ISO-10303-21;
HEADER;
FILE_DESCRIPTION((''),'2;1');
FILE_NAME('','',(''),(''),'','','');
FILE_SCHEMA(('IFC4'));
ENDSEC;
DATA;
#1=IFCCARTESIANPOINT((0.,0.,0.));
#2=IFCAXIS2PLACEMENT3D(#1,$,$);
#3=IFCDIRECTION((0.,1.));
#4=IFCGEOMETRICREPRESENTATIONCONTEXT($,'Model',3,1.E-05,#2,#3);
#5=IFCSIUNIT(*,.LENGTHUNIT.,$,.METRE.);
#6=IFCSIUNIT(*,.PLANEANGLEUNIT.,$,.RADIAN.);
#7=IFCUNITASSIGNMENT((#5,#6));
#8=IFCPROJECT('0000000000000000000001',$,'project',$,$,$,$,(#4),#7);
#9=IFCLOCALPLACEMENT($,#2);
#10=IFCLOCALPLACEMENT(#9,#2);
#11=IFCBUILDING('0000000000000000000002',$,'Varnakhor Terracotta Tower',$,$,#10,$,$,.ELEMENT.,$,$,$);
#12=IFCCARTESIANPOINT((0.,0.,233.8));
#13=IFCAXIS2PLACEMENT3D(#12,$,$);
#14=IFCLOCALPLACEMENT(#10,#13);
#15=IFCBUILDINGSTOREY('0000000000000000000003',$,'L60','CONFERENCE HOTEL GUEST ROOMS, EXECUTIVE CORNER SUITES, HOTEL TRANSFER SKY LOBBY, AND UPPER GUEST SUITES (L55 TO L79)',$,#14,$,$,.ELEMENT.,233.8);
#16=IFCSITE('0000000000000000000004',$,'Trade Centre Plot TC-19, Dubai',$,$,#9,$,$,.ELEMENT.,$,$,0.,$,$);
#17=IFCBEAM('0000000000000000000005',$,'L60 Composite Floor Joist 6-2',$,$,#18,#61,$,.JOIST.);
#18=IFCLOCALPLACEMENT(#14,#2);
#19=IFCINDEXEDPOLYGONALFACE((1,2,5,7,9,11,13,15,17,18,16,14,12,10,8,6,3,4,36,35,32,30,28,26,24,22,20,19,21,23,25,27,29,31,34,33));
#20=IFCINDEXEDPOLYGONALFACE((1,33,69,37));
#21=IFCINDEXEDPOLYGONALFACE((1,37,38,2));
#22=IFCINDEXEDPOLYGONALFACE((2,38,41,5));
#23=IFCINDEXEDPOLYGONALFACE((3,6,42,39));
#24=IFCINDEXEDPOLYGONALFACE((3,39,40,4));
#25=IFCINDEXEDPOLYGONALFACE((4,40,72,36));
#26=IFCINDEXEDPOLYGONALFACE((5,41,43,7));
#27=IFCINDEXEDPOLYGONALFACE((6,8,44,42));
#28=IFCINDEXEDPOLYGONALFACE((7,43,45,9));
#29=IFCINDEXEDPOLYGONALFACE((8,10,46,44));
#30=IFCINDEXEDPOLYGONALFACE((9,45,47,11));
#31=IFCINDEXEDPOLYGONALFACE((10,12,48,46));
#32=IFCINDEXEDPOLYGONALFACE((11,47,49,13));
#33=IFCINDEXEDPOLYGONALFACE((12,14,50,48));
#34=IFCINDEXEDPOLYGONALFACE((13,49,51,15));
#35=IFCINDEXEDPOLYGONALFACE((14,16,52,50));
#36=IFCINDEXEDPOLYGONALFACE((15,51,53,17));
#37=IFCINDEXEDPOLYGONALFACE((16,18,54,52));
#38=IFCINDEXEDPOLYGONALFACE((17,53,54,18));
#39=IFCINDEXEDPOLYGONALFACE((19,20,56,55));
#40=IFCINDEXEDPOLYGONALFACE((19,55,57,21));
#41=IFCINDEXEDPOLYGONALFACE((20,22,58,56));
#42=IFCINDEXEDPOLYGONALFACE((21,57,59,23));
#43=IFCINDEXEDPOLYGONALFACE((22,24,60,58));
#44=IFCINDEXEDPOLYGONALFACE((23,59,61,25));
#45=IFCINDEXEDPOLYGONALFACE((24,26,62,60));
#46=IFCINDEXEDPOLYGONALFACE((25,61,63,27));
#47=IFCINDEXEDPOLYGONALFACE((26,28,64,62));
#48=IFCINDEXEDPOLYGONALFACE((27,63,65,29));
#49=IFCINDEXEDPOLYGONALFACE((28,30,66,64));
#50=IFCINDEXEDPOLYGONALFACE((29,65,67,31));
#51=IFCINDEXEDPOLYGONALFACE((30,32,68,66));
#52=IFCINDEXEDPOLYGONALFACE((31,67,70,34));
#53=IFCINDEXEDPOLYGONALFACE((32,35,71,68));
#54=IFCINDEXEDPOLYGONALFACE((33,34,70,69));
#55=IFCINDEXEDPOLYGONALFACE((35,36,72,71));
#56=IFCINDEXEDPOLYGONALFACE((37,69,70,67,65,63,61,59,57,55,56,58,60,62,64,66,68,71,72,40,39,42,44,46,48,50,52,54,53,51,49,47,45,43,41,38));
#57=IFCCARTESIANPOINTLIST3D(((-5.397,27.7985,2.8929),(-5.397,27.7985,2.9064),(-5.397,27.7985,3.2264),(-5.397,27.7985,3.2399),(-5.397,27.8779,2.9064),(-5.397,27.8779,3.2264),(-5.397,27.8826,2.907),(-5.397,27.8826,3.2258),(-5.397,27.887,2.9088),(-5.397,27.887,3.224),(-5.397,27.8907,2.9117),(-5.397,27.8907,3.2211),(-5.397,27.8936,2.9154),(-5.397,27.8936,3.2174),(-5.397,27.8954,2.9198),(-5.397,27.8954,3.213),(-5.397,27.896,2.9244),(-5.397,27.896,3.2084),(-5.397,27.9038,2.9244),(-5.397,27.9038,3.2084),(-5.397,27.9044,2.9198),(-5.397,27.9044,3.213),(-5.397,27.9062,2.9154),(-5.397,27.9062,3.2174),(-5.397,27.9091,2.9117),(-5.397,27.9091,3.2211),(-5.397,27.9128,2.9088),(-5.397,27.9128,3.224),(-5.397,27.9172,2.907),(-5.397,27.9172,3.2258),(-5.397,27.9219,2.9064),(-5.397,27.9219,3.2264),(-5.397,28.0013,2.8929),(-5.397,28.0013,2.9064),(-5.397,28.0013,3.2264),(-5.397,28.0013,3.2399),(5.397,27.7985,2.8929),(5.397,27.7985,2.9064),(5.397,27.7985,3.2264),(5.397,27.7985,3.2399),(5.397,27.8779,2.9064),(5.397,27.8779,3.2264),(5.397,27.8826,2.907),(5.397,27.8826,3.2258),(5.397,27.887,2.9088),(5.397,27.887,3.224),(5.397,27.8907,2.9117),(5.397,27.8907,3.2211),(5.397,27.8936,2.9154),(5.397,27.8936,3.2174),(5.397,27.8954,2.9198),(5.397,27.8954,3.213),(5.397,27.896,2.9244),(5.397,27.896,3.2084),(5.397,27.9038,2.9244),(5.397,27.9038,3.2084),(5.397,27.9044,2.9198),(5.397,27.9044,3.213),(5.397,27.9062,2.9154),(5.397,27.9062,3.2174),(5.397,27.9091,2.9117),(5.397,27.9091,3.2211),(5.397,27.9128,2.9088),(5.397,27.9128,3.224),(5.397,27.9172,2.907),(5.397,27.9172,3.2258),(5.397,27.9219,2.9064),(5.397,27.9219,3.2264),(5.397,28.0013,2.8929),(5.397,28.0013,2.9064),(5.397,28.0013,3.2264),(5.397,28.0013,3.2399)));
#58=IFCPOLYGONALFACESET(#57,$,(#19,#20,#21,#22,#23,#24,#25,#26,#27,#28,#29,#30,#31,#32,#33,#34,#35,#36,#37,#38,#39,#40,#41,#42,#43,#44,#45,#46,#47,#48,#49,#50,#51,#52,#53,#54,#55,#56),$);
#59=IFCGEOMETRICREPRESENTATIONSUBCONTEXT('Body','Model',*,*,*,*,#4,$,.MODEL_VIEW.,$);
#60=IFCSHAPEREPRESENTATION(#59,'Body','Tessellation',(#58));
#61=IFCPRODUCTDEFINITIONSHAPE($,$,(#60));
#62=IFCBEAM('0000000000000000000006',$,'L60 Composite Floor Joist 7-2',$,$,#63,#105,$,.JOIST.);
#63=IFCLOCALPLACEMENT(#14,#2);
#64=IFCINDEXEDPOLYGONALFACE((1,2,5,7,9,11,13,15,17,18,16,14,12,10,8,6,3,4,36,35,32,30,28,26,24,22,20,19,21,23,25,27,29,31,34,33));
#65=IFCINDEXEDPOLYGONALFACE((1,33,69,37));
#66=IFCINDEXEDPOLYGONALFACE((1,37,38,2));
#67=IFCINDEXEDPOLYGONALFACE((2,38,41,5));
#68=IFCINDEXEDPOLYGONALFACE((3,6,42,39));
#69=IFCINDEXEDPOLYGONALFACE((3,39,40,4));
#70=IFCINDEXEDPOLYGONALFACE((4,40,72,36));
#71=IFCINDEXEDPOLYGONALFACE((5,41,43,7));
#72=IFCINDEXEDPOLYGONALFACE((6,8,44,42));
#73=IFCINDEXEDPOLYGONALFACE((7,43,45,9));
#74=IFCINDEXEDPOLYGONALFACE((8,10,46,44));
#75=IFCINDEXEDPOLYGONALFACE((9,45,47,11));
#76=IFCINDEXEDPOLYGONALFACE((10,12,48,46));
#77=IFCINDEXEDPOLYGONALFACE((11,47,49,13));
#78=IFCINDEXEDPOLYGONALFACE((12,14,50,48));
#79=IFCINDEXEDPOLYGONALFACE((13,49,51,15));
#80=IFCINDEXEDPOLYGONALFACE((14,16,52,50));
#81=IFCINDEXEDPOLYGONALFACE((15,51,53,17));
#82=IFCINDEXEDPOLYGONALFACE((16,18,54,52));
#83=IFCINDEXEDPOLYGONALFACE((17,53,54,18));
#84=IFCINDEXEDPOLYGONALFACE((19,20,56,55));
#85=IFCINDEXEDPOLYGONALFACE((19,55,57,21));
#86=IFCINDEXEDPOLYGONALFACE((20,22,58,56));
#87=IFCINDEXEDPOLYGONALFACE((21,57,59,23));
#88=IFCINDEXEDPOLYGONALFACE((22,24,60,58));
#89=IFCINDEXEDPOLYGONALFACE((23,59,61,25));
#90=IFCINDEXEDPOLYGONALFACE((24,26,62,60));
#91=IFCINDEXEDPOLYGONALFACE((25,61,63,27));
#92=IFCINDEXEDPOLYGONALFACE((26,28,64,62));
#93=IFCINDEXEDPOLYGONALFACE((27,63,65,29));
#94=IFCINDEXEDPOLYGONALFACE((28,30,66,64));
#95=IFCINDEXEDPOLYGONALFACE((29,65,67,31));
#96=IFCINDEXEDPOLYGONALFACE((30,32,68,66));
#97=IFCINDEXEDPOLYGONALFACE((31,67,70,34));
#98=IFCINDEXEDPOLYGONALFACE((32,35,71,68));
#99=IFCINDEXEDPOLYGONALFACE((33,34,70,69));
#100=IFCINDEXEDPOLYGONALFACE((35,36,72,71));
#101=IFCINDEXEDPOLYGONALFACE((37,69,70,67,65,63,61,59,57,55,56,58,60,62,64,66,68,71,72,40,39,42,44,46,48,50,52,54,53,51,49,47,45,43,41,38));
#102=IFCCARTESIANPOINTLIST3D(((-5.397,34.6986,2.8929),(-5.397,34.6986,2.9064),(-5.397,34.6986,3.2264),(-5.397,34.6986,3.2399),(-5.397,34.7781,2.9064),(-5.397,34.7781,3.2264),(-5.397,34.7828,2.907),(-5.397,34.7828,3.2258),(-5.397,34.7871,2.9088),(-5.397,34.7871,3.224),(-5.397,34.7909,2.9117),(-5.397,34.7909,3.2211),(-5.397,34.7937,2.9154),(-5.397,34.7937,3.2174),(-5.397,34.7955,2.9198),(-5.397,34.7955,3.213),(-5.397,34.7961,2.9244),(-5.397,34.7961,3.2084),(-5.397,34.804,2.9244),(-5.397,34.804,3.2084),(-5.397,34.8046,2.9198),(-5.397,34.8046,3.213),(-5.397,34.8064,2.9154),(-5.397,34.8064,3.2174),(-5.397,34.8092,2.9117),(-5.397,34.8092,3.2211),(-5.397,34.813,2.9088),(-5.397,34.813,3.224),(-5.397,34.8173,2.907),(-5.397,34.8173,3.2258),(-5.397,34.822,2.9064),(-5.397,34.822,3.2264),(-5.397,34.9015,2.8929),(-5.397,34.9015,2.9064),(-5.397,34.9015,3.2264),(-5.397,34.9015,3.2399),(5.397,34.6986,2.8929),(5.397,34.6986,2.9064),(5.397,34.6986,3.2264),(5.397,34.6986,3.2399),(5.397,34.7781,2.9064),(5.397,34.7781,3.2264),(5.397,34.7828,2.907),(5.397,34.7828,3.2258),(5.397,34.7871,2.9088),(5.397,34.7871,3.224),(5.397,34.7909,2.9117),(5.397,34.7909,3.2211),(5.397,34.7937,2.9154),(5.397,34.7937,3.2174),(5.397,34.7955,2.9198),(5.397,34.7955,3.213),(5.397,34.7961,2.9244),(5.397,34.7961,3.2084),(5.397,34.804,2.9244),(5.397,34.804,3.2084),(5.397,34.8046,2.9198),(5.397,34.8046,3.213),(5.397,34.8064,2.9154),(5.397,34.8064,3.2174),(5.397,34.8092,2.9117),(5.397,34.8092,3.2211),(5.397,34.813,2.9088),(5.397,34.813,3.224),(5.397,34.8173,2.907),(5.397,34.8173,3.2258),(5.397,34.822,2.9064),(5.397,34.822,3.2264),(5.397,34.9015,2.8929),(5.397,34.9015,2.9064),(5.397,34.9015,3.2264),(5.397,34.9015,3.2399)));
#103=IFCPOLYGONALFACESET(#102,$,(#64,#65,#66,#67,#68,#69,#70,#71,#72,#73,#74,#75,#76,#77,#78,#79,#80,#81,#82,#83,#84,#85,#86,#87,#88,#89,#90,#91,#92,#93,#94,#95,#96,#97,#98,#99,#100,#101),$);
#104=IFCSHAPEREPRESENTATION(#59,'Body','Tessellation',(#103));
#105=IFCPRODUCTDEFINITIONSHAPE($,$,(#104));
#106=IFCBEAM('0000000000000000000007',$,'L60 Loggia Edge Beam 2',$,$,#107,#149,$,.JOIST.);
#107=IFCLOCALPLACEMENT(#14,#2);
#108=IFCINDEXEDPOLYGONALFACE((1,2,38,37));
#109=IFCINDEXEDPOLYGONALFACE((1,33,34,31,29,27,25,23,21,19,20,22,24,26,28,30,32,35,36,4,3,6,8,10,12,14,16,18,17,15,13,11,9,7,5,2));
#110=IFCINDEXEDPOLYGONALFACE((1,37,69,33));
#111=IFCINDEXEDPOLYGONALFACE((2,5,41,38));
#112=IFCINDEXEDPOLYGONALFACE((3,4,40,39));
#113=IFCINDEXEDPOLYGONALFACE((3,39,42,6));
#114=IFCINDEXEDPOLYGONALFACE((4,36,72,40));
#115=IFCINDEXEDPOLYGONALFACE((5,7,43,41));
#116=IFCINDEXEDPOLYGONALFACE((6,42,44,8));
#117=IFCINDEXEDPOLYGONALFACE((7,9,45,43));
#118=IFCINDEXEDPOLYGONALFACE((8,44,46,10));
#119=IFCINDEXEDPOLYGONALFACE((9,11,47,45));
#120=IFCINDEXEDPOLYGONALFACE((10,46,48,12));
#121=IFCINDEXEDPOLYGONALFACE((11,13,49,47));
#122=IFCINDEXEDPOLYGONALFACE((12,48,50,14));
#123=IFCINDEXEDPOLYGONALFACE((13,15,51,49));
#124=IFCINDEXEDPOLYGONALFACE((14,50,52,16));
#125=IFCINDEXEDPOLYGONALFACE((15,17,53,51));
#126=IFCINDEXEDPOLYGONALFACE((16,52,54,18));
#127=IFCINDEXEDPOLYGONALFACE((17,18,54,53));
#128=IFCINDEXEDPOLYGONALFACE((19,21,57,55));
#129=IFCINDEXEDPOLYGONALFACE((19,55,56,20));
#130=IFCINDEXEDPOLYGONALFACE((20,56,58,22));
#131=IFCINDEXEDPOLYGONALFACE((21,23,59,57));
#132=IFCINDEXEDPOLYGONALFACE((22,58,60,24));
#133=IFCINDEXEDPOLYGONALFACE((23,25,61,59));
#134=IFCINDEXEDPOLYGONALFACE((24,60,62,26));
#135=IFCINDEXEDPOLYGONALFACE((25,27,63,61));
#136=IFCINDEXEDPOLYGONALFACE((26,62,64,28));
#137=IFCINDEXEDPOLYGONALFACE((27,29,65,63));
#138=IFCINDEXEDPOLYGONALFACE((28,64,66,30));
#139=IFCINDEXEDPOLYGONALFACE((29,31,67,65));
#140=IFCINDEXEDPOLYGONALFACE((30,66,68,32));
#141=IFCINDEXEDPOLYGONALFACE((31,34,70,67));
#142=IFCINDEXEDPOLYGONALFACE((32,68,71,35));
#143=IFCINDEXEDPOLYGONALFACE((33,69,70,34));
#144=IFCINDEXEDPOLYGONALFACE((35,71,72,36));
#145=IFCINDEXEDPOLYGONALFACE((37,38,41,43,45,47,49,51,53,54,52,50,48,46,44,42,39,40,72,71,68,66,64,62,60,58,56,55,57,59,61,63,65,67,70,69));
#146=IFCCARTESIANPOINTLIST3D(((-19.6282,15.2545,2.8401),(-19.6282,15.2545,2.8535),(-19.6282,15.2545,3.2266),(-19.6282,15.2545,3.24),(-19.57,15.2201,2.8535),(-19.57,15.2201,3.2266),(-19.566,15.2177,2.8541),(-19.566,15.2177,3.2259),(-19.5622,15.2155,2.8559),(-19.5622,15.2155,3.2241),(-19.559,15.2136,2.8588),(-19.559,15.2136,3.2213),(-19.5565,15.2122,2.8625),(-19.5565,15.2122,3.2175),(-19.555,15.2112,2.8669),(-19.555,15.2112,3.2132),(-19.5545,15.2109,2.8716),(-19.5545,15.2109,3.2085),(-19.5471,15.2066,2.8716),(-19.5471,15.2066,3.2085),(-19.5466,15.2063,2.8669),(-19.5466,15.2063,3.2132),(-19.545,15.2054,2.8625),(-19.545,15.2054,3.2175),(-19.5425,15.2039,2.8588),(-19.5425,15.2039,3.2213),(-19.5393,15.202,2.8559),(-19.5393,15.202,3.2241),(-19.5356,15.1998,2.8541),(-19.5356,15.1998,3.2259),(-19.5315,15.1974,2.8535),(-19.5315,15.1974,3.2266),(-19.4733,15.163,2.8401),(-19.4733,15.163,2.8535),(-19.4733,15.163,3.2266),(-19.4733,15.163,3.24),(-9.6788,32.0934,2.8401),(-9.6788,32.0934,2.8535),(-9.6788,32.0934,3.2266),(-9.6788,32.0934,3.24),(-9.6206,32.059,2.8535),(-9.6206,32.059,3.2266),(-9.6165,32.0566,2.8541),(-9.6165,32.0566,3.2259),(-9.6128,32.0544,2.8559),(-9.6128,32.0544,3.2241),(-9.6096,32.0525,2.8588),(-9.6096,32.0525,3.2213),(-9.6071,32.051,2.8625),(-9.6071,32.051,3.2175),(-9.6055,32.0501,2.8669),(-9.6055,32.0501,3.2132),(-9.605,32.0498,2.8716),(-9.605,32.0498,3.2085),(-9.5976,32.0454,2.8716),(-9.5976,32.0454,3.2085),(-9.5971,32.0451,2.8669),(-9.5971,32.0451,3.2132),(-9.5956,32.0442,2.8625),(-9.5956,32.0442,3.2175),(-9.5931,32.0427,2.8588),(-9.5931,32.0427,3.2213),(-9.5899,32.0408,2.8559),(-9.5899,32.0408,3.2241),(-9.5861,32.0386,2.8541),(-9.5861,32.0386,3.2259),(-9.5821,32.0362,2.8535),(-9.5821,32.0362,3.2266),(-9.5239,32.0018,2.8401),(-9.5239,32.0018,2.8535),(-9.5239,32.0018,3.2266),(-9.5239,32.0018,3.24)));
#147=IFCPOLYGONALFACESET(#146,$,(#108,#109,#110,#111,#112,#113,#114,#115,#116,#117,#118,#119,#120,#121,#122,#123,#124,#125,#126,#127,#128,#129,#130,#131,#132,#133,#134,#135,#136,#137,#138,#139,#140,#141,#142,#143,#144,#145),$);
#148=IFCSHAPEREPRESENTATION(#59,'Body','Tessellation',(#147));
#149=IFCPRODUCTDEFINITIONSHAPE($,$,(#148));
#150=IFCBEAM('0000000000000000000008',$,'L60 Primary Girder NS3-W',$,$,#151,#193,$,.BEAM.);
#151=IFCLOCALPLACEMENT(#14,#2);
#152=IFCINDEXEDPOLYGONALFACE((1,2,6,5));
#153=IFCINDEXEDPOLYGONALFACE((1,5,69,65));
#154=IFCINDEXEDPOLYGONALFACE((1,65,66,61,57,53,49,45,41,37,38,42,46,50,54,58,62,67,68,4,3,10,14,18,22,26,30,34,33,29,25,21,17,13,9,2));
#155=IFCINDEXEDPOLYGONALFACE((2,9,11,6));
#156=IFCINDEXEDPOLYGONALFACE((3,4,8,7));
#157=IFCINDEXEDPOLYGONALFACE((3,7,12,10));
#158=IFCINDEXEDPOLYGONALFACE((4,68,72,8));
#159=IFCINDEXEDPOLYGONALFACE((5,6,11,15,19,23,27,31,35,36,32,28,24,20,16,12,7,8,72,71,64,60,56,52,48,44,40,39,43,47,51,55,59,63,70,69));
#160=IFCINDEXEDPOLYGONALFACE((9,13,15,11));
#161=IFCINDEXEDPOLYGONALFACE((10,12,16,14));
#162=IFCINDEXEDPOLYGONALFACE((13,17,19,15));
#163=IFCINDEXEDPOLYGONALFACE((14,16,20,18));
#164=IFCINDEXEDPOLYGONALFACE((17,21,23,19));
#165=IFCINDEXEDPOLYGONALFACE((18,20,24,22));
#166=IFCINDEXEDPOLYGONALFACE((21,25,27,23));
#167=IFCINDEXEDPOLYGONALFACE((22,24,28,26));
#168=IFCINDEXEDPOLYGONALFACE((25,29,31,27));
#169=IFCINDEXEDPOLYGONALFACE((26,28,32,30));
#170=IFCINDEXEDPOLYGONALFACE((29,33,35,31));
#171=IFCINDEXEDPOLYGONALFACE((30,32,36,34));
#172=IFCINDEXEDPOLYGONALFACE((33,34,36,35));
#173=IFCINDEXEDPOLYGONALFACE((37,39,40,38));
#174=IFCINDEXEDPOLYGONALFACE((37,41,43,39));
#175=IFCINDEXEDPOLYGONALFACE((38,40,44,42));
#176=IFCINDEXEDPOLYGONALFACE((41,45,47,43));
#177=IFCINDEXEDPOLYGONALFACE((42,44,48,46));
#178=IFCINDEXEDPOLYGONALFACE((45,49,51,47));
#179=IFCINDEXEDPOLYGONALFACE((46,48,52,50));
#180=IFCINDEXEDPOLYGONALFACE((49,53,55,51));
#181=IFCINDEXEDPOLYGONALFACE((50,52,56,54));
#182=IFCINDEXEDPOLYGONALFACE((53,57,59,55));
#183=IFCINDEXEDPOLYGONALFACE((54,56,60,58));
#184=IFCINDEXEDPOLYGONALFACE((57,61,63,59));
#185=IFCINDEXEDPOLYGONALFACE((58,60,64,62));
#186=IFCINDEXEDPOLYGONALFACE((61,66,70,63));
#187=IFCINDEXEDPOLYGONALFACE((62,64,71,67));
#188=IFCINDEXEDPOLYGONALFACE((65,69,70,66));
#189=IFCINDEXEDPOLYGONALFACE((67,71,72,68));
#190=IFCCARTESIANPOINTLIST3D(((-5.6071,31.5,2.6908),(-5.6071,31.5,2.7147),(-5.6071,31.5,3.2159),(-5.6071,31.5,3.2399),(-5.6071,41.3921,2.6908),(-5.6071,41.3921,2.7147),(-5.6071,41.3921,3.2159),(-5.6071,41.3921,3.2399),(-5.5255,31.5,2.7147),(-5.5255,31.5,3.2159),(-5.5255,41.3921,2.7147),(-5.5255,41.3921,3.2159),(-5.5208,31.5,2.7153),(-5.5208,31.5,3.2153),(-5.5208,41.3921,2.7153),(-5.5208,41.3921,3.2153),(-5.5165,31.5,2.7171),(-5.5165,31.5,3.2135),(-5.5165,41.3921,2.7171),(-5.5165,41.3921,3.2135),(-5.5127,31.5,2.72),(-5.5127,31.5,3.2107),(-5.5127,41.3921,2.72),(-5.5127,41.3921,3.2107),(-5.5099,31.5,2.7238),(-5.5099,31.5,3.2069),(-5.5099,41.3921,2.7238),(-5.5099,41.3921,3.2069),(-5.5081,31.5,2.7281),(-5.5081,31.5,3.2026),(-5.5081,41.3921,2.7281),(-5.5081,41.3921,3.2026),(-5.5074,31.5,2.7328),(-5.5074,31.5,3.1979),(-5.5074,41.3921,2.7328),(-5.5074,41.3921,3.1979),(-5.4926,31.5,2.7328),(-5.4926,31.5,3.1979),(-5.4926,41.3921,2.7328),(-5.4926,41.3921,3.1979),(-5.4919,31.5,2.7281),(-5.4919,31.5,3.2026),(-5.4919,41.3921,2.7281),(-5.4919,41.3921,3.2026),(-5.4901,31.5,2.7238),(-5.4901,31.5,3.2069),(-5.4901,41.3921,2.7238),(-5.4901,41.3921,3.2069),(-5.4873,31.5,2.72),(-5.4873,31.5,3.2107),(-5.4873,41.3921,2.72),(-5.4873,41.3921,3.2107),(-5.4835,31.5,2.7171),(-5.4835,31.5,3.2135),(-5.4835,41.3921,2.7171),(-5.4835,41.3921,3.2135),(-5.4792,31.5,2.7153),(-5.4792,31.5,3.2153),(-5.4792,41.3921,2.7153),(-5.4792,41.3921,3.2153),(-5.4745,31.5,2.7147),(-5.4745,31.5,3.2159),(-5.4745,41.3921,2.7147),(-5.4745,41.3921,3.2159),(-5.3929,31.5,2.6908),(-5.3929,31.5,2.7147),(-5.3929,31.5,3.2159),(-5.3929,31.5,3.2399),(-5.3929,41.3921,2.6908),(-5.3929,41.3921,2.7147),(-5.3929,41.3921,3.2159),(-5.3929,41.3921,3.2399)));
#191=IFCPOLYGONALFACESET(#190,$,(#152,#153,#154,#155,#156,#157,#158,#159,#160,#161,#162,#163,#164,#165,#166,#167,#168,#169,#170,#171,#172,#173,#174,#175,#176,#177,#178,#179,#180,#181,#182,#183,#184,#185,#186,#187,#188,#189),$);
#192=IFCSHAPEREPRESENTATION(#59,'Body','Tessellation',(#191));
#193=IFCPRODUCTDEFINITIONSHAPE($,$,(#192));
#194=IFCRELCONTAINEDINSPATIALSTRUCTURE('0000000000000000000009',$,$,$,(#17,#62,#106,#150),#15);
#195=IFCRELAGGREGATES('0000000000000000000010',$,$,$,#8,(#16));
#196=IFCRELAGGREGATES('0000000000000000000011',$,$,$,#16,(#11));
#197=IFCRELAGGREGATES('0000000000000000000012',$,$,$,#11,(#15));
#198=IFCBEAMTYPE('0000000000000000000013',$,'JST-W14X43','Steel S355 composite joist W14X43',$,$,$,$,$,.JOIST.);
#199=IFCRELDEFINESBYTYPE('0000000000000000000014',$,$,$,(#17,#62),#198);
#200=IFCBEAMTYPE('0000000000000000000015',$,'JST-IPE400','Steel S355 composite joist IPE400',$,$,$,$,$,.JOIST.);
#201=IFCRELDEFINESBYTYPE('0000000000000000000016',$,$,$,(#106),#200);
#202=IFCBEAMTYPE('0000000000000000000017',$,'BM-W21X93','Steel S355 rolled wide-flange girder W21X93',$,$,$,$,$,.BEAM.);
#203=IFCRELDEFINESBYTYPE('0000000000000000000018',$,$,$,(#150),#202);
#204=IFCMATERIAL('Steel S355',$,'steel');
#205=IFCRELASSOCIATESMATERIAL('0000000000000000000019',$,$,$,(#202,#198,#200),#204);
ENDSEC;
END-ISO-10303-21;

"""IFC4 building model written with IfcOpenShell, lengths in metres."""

from ifc_helpers import new_model, si_unit, direction, frame, origin, origin_2d, place, context, subcontext, project, spatial, i_section, extrude, source, transform, mapped, material, material_profile, profile_set, type_object, element, save


model = new_model("IFC4")

# Units and contexts
model_context = context("Model", 3, precision=1e-05, world=origin(), true_north=direction((0.0, 1.0)))
body_context = subcontext(model_context, "Body", "Model", "MODEL_VIEW")
ifc_project = project(units=[si_unit("LENGTHUNIT", "METRE"), si_unit("PLANEANGLEUNIT", "RADIAN")], contexts=[model_context])

# Site, building, storey
site_placement = place(None, origin())
site = spatial("IfcSite", under=ifc_project, at=site_placement, Name="Trade Centre Plot TC-19, Dubai", CompositionType="ELEMENT", RefElevation=0.0)
building_placement = place(site_placement, origin())
building = spatial("IfcBuilding", under=site, at=building_placement, Name="Varnakhor Terracotta Tower", CompositionType="ELEMENT")
storey_placement = place(building_placement, frame((0.0, 0.0, 233.8)))
storey = spatial("IfcBuildingStorey", under=building, at=storey_placement, Name="L60", Description="CONFERENCE HOTEL GUEST ROOMS, EXECUTIVE CORNER SUITES, HOTEL TRANSFER SKY LOBBY, AND UPPER GUEST SUITES (L55 TO L79)", CompositionType="ELEMENT", Elevation=233.8)

# Beams
ifc_material_1 = material(Name="Steel S355", Category="steel")
ifc_material_profile_1 = material_profile(ifc_material_1, i_section(OverallWidth=0.2141, OverallDepth=0.5491, WebThickness=0.0149, FlangeThickness=0.0239, FilletRadius=0.0181, at=origin_2d()), Name="W21X93")
ifc_profile_set_1 = profile_set([ifc_material_profile_1], Name="Steel S355")
beam_type_1 = type_object("IfcBeamType", Name="BM-W21X93", Description="Steel S355 rolled wide-flange girder W21X93", PredefinedType="BEAM", material=ifc_profile_set_1)
ifc_material_profile_2 = material_profile(ifc_material_1, i_section(OverallWidth=0.2029, OverallDepth=0.3469, WebThickness=0.0078, FlangeThickness=0.0134, FilletRadius=0.0181, at=origin_2d()), Name="W14X43")
ifc_profile_set_2 = profile_set([ifc_material_profile_2], Name="Steel S355")
beam_type_2 = type_object("IfcBeamType", Name="JST-W14X43", Description="Steel S355 composite joist W14X43", PredefinedType="JOIST", material=ifc_profile_set_2)
shared_shape_1 = source(origin(), body_context, "Body", "SweptSolid", [
    extrude(i_section(OverallWidth=0.2029, OverallDepth=0.3469, WebThickness=0.0078, FlangeThickness=0.0134, FilletRadius=0.0181, at=origin_2d()), origin(), (0.0, 0.0, 1.0), 10.7939),
])
for number, where, z_axis, x_axis, name in (
    (1, (-5.397, 27.8999, 3.0664), (1.0, 0.0, 0.0), (0.0, 1.0, 0.0), "L60 Composite Floor Joist 6-2"),
    (2, (-5.397, 34.8, 3.0664), (1.0, 0.0, 0.0), (0.0, 1.0, 0.0), "L60 Composite Floor Joist 7-2"),
):
    element("IfcBeam", number, at=place(storey_placement, frame(where, z_axis=z_axis, x_axis=x_axis)), inside=storey, type_object=beam_type_2, Name=name, PredefinedType="JOIST", context=body_context, shape_type="MappedRepresentation", body=[
        mapped(shared_shape_1, transform((0.0, 0.0, 0.0), scale=1.0)),
    ])
ifc_material_profile_3 = material_profile(ifc_material_1, i_section(OverallWidth=0.1799, OverallDepth=0.3999, WebThickness=0.0085, FlangeThickness=0.0134, FilletRadius=0.0181, at=origin_2d()), Name="IPE400")
ifc_profile_set_3 = profile_set([ifc_material_profile_3], Name="Steel S355")
beam_type_3 = type_object("IfcBeamType", Name="JST-IPE400", Description="Steel S355 composite joist IPE400", PredefinedType="JOIST", material=ifc_profile_set_3)
shared_shape_2 = source(origin(), body_context, "Body", "SweptSolid", [
    extrude(i_section(OverallWidth=0.1799, OverallDepth=0.3999, WebThickness=0.0085, FlangeThickness=0.0134, FilletRadius=0.0181, at=origin_2d()), origin(), (0.0, 0.0, 1.0), 19.5586),
])
beam_1_placement = place(storey_placement, frame((-9.6013, 32.0476, 3.04), z_axis=(-0.5087, -0.860944, 0.0), x_axis=(0.860944, -0.5087, 0.0)))
element("IfcBeam", 3, at=beam_1_placement, inside=storey, type_object=beam_type_3, Name="L60 Loggia Edge Beam 2", PredefinedType="JOIST", context=body_context, shape_type="MappedRepresentation", body=[
    mapped(shared_shape_2, transform((0.0, 0.0, 0.0), scale=1.0)),
])
shared_shape_3 = source(origin(), body_context, "Body", "SweptSolid", [
    extrude(i_section(OverallWidth=0.2141, OverallDepth=0.5491, WebThickness=0.0149, FlangeThickness=0.0239, FilletRadius=0.0181, at=origin_2d()), origin(), (0.0, 0.0, 1.0), 9.8921),
])
beam_2_placement = place(storey_placement, frame((-5.5, 31.5, 2.9653), z_axis=(0.0, 1.0, 0.0), x_axis=(-1.0, 0.0, 0.0)))
element("IfcBeam", 4, at=beam_2_placement, inside=storey, type_object=beam_type_1, Name="L60 Primary Girder NS3-W", PredefinedType="BEAM", context=body_context, shape_type="MappedRepresentation", body=[
    mapped(shared_shape_3, transform((0.0, 0.0, 0.0), scale=1.0)),
])

save(model, "model.ifc")
